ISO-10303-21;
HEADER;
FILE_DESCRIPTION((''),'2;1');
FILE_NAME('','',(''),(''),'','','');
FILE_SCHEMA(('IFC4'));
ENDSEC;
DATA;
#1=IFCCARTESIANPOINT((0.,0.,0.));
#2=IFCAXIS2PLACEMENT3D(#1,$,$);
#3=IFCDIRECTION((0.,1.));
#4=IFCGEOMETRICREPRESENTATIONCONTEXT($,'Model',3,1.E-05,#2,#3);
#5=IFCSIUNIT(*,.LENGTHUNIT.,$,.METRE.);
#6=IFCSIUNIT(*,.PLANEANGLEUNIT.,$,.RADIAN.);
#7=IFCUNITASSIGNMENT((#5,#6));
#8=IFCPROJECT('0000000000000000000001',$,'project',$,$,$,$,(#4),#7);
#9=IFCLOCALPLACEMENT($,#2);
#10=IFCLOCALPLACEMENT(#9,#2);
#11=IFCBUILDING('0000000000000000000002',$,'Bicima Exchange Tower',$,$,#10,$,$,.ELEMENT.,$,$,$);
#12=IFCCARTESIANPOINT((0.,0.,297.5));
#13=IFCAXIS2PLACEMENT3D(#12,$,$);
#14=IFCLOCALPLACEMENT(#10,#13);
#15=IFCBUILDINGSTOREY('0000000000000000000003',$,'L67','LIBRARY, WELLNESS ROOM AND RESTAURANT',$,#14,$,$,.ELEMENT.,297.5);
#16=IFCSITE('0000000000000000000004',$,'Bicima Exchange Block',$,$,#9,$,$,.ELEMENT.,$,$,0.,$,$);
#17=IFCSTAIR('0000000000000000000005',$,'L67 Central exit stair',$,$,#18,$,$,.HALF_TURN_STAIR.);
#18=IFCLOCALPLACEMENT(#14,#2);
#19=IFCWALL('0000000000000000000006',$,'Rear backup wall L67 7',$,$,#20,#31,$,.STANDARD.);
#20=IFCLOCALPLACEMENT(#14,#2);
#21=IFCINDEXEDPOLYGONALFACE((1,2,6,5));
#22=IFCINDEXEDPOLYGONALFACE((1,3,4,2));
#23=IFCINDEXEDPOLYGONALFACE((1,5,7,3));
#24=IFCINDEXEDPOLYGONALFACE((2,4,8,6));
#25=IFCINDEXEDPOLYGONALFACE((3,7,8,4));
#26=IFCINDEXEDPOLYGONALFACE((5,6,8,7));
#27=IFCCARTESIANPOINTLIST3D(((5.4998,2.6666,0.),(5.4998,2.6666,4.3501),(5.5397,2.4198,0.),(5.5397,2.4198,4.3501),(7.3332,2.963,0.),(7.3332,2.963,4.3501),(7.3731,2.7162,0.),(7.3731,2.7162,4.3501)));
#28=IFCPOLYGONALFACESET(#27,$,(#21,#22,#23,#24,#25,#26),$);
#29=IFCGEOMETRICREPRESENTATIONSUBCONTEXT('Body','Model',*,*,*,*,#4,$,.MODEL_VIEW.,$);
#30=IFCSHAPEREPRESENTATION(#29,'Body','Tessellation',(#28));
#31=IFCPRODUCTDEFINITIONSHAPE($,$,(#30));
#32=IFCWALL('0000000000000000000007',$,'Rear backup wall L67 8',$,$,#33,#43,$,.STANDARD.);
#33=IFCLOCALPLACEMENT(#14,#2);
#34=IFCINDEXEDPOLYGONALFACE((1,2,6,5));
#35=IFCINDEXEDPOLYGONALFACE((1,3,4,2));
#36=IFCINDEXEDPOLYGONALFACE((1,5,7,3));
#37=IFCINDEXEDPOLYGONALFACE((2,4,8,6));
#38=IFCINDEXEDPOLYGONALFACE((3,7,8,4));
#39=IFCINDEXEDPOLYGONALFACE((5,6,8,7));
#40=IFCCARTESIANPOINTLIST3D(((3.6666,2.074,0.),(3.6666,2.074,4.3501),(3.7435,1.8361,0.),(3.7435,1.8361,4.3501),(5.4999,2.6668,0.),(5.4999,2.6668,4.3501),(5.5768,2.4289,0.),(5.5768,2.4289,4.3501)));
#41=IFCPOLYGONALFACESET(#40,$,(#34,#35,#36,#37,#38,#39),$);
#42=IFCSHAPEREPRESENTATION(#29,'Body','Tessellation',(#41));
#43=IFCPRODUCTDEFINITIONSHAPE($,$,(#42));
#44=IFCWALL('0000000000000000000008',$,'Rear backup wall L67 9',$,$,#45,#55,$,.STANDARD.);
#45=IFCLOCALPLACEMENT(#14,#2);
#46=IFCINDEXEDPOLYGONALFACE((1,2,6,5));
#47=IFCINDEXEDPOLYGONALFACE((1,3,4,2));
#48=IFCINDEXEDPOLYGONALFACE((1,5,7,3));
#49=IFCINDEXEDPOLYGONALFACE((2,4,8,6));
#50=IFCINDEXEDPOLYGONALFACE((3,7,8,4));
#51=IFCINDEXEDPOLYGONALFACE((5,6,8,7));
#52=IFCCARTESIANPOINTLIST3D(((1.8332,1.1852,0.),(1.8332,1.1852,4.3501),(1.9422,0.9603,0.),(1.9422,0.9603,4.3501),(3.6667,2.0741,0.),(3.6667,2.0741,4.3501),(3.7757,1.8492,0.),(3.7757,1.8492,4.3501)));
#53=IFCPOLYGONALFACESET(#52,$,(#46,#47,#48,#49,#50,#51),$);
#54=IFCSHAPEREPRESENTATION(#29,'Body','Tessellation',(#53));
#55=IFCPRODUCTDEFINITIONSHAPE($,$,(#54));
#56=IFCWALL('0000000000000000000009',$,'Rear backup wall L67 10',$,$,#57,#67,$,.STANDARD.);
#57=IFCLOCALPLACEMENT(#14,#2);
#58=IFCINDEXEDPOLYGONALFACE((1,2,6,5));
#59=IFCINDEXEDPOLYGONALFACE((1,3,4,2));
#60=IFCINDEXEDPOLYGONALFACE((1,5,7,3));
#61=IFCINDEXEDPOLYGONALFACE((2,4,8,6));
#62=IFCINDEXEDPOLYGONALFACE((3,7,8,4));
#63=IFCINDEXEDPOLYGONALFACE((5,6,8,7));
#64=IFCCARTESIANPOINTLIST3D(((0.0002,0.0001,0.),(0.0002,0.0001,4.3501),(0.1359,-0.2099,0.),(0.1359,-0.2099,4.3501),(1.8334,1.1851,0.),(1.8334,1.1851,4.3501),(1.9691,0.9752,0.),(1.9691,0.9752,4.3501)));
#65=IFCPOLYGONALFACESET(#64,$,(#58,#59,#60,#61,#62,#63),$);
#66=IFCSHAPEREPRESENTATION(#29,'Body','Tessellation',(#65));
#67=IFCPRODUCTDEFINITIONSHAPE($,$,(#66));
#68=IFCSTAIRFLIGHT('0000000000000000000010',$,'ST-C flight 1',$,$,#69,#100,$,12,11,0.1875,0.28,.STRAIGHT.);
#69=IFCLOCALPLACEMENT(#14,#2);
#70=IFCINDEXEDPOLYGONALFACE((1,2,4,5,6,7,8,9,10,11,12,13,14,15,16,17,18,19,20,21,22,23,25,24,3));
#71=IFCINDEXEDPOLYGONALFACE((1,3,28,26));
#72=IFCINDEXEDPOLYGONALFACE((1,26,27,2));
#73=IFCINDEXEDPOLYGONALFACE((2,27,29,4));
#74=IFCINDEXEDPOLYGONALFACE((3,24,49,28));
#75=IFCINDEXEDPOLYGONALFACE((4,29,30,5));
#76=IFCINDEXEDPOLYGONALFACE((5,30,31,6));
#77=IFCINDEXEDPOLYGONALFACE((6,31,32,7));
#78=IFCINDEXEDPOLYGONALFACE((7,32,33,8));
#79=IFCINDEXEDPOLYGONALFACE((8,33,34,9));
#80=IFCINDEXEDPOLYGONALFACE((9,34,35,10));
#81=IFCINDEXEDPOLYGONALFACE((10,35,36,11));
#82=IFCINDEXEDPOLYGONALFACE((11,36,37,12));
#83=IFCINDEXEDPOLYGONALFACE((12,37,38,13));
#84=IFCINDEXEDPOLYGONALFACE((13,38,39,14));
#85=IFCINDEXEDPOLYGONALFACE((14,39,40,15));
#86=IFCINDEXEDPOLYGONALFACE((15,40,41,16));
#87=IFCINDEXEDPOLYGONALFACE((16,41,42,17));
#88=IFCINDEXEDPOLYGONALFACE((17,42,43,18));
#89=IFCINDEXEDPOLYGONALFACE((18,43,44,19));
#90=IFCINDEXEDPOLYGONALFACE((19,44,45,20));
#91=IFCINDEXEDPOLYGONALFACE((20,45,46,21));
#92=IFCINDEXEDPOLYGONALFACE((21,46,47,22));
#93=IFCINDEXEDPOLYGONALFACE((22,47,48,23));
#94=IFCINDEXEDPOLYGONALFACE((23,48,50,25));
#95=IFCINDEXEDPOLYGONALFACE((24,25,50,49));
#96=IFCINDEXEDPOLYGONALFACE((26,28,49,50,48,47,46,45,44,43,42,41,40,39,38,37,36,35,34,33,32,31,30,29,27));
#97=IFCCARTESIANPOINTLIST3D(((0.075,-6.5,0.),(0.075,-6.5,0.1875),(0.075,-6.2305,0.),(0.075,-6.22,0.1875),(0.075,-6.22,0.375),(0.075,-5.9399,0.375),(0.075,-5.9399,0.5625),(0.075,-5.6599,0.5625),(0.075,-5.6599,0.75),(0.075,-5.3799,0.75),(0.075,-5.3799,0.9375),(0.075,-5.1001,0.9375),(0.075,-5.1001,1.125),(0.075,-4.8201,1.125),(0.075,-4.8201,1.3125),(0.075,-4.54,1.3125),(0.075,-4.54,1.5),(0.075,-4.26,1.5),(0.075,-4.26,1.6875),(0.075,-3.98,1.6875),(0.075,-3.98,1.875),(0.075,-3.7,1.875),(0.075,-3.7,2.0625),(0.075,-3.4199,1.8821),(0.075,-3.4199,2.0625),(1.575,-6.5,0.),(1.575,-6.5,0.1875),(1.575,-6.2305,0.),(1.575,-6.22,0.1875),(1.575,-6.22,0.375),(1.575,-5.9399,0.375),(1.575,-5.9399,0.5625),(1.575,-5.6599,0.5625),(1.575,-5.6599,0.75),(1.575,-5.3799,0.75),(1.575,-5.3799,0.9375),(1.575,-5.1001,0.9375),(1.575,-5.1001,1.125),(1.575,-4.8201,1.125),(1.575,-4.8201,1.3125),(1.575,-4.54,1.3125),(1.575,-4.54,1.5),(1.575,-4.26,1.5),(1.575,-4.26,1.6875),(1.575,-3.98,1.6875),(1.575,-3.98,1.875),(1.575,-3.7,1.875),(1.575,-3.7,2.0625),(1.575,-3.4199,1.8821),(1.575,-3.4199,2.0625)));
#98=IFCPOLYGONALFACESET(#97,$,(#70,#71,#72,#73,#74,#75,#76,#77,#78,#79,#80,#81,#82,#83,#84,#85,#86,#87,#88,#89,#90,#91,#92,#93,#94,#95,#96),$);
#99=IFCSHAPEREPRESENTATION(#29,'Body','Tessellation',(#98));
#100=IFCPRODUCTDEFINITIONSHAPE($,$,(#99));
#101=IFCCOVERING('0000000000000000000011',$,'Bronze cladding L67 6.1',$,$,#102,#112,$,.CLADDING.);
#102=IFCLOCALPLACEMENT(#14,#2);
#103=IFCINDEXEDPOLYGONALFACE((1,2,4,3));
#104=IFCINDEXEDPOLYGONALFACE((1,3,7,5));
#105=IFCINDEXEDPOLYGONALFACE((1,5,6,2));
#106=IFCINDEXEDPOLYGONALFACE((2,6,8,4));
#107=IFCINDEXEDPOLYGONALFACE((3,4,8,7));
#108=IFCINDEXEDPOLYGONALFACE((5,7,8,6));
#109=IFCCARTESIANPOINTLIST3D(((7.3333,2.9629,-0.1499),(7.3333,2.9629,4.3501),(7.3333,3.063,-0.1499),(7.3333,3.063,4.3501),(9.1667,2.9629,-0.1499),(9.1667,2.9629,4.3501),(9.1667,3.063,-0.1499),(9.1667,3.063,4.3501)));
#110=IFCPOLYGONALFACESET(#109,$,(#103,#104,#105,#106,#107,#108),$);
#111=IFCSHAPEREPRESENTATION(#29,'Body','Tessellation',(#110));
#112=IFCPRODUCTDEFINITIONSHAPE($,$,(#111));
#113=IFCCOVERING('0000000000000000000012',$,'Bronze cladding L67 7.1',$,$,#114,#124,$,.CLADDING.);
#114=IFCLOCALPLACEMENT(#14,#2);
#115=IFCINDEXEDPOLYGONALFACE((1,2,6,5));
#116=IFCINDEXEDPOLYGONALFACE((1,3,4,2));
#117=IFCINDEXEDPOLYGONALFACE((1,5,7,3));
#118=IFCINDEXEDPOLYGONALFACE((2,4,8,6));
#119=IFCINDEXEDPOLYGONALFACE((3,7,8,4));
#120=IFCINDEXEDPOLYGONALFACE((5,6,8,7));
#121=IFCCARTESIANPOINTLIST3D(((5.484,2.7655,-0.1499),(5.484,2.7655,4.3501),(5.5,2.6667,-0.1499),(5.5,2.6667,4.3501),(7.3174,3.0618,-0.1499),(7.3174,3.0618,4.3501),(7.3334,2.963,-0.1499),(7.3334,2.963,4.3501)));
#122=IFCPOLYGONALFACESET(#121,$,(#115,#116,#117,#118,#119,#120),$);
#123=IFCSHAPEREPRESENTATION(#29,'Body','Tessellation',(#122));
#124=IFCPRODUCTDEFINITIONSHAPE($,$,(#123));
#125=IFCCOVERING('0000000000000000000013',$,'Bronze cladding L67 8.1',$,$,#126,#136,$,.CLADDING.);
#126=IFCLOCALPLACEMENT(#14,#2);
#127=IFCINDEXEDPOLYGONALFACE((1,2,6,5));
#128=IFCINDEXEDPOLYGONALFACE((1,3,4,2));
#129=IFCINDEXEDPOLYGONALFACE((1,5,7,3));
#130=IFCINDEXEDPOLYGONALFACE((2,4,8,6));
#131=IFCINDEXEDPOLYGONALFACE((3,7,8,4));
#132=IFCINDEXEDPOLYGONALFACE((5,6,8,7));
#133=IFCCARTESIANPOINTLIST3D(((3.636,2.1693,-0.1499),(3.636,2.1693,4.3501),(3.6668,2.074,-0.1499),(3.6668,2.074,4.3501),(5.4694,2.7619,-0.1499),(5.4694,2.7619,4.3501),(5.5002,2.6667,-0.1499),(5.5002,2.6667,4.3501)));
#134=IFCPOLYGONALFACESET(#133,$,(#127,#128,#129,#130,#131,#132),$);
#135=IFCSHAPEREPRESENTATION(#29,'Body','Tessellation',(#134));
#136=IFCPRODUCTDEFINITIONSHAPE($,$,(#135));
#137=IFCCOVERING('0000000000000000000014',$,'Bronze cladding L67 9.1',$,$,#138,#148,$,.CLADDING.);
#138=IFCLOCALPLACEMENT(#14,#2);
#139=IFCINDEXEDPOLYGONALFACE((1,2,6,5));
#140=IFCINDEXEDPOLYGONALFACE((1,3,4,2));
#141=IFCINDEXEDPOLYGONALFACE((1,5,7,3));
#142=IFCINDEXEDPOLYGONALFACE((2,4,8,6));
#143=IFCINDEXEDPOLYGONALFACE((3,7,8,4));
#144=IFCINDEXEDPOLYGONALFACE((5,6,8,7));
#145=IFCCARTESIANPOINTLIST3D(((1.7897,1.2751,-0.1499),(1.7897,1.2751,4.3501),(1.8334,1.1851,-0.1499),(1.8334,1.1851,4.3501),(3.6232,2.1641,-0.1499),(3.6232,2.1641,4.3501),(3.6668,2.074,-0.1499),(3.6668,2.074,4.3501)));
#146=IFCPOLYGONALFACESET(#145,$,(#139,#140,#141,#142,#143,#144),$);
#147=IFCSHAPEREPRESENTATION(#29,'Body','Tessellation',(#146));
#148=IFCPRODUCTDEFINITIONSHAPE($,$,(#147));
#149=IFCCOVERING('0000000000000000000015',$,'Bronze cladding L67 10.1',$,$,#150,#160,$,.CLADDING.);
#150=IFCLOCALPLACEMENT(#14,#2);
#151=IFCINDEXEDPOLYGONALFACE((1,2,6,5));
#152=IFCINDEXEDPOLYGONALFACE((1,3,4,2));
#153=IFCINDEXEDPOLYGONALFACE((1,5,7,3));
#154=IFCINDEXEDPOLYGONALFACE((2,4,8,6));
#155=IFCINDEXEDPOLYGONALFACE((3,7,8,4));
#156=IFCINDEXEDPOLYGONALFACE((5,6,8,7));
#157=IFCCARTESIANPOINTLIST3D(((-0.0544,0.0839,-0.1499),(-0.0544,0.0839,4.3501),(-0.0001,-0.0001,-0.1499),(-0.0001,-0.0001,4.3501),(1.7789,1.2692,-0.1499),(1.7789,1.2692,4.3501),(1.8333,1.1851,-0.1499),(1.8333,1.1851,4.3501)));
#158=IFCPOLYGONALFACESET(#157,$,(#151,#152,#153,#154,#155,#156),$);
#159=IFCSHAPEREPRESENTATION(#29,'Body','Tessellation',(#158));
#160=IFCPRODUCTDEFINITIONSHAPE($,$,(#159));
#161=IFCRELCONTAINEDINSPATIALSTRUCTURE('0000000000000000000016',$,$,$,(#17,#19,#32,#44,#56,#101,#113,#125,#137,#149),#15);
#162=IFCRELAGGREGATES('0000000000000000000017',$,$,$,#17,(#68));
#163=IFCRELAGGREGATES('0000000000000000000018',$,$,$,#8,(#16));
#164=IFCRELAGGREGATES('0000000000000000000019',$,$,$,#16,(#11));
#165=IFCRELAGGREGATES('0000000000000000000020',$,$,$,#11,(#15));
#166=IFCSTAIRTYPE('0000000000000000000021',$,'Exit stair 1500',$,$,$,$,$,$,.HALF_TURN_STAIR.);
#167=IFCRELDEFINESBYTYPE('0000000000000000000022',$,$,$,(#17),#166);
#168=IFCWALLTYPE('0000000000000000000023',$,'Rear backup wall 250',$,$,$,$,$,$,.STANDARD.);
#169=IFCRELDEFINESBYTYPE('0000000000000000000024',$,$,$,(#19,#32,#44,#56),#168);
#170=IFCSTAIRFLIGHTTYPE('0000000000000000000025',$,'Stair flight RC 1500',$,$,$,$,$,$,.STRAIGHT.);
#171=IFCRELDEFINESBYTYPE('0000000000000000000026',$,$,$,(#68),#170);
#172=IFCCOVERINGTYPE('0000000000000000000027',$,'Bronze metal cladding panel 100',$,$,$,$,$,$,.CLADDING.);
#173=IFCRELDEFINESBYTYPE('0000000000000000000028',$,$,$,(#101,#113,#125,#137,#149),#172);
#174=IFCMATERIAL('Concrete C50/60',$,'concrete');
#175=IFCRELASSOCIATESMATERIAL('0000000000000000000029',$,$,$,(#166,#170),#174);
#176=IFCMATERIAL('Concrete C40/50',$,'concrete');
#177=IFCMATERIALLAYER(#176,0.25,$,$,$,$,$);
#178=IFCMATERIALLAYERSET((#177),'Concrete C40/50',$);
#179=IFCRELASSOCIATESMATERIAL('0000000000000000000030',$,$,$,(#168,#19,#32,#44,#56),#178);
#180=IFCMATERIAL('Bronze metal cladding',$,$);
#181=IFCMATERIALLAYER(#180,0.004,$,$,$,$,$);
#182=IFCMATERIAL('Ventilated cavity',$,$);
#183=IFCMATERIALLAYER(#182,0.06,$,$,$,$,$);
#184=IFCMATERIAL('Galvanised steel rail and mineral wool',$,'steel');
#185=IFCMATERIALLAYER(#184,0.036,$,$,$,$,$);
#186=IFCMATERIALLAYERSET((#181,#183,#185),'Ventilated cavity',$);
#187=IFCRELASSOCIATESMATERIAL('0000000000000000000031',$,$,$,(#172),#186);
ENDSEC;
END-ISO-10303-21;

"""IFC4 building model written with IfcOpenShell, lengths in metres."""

from ifc_helpers import new_model, si_unit, direction, frame, frame_2d, origin, origin_2d, place, context, subcontext, project, spatial, polyline, rectangle, outline, extrude, material, layer, layer_set, layer_usage, type_object, element, aggregate, save


model = new_model("IFC4")

# Units and contexts
model_context = context("Model", 3, precision=1e-05, world=origin(), true_north=direction((0.0, 1.0)))
body_context = subcontext(model_context, "Body", "Model", "MODEL_VIEW")
ifc_project = project(units=[si_unit("LENGTHUNIT", "METRE"), si_unit("PLANEANGLEUNIT", "RADIAN")], contexts=[model_context])

# Site, building, storey
site_placement = place(None, origin())
site = spatial("IfcSite", under=ifc_project, at=site_placement, Name="Bicima Exchange Block", CompositionType="ELEMENT", RefElevation=0.0)
building_placement = place(site_placement, origin())
building = spatial("IfcBuilding", under=site, at=building_placement, Name="Bicima Exchange Tower", CompositionType="ELEMENT")
storey_placement = place(building_placement, frame((0.0, 0.0, 297.5)))
storey = spatial("IfcBuildingStorey", under=building, at=storey_placement, Name="L67", Description="LIBRARY, WELLNESS ROOM AND RESTAURANT", CompositionType="ELEMENT", Elevation=297.5)

# Shared definitions
ifc_material_1 = material(Name="Concrete C40/50", Category="concrete")

# Stair
ifc_material_2 = material(Name="Concrete C50/60", Category="concrete")
stair_type_1 = type_object("IfcStairType", Name="Exit stair 1500", PredefinedType="HALF_TURN_STAIR", material=ifc_material_2)
stair_1_placement = place(storey_placement, origin())
stair_1 = element("IfcStair", 1, at=stair_1_placement, inside=storey, type_object=stair_type_1, Name="L67 Central exit stair", PredefinedType="HALF_TURN_STAIR")

# Walls
ifc_layer_1 = layer(ifc_material_1, 0.25)
ifc_layer_set_1 = layer_set([ifc_layer_1], Name="Concrete C40/50")
ifc_layer_usage = layer_usage(ifc_layer_set_1, "AXIS2", "POSITIVE", -0.125)
wall_type_1 = type_object("IfcWallType", Name="Rear backup wall 250", PredefinedType="STANDARD", material=ifc_layer_set_1)
wall_1_placement = place(storey_placement, frame((7.3533, 2.8396, 0.0), z_axis=(0.0, 0.0, 1.0), x_axis=(-0.987182, -0.1596, 0.0)))
element("IfcWall", 2, at=wall_1_placement, inside=storey, type_object=wall_type_1, material=ifc_layer_usage, Name="Rear backup wall L67 7", PredefinedType="STANDARD", context=body_context, shape_type="SweptSolid", body=[
    extrude(rectangle(XDim=1.8572, YDim=0.25, at=frame_2d((0.9287, 0.0))), origin(), (0.0, 0.0, 1.0), 4.3501),
])
wall_2_placement = place(storey_placement, frame((5.5383, 2.5479, 0.0), z_axis=(0.0, 0.0, 1.0), x_axis=(-0.951496, -0.307662, 0.0)))
element("IfcWall", 3, at=wall_2_placement, inside=storey, type_object=wall_type_1, material=ifc_layer_usage, Name="Rear backup wall L67 8", PredefinedType="STANDARD", context=body_context, shape_type="SweptSolid", body=[
    extrude(rectangle(XDim=1.9268, YDim=0.25, at=frame_2d((0.9634, 0.0))), origin(), (0.0, 0.0, 1.0), 4.3501),
])
wall_3_placement = place(storey_placement, frame((3.7212, 1.9617, 0.0), z_axis=(0.0, 0.0, 1.0), x_axis=(-0.899824, -0.436253, 0.0)))
element("IfcWall", 4, at=wall_3_placement, inside=storey, type_object=wall_type_1, material=ifc_layer_usage, Name="Rear backup wall L67 9", PredefinedType="STANDARD", context=body_context, shape_type="SweptSolid", body=[
    extrude(rectangle(XDim=2.0376, YDim=0.25, at=frame_2d((1.0188, 0.0))), origin(), (0.0, 0.0, 1.0), 4.3501),
])
wall_4_placement = place(storey_placement, frame((1.9011, 1.0801, 0.0), z_axis=(0.0, 0.0, 1.0), x_axis=(-0.839813, -0.542876, 0.0)))
element("IfcWall", 5, at=wall_4_placement, inside=storey, type_object=wall_type_1, material=ifc_layer_usage, Name="Rear backup wall L67 10", PredefinedType="STANDARD", context=body_context, shape_type="SweptSolid", body=[
    extrude(rectangle(XDim=2.1829, YDim=0.25, at=frame_2d((1.0913, 0.0))), origin(), (0.0, 0.0, 1.0), 4.3501),
])

# Stair flight
stair_flight_type = type_object("IfcStairFlightType", Name="Stair flight RC 1500", PredefinedType="STRAIGHT", material=ifc_material_2)
stair_flight_placement = place(storey_placement, frame((0.825, -6.5, 0.0), z_axis=(0.0, 0.0, 1.0), x_axis=(0.0, 1.0, 0.0)))
stair_flight = element("IfcStairFlight", 6, at=stair_flight_placement, type_object=stair_flight_type, Name="ST-C flight 1", NumberOfRisers=12, NumberOfTreads=11, PredefinedType="STRAIGHT", RiserHeight=0.1875, TreadLength=0.28, context=body_context, shape_type="SweptSolid", body=[
    extrude(outline(polyline([(0.0, 0.0), (0.0, 0.1875), (0.28, 0.1875), (0.28, 0.375), (0.5601, 0.375), (0.5601, 0.5625), (0.8401, 0.5625), (0.8401, 0.75), (1.1201, 0.75), (1.1201, 0.9375), (1.3999, 0.9375), (1.3999, 1.125), (1.6799, 1.125), (1.6799, 1.3125), (1.96, 1.3125), (1.96, 1.5), (2.24, 1.5), (2.24, 1.6875), (2.52, 1.6875), (2.52, 1.875), (2.8, 1.875), (2.8, 2.0625), (3.0801, 2.0625), (3.0801, 2.25), (3.0801, 1.8821), (0.2695, 0.0), (0.0, 0.0)])), frame((0.0, 0.75, 0.0), z_axis=(0.0, -1.0, 0.0), x_axis=(1.0, 0.0, 0.0)), (0.0, 0.0, 1.0), 1.5),
])
aggregate(stair_1, [stair_flight])

# Coverings
ifc_material_3 = material(Name="Bronze metal cladding")
ifc_layer_2 = layer(ifc_material_3, 0.004)
ifc_material_4 = material(Name="Ventilated cavity")
ifc_layer_3 = layer(ifc_material_4, 0.06)
ifc_material_5 = material(Name="Galvanised steel rail and mineral wool", Category="steel")
ifc_layer_4 = layer(ifc_material_5, 0.036)
ifc_layer_set_2 = layer_set([ifc_layer_2, ifc_layer_3, ifc_layer_4], Name="Ventilated cavity")
covering_type = type_object("IfcCoveringType", Name="Bronze metal cladding panel 100", PredefinedType="CLADDING", material=ifc_layer_set_2)
covering_1_placement = place(storey_placement, frame((8.25, 3.0129, -0.1499), z_axis=(0.0, 0.0, 1.0), x_axis=(-1.0, 0.0, 0.0)))
element("IfcCovering", 7, at=covering_1_placement, inside=storey, type_object=covering_type, Name="Bronze cladding L67 6.1", PredefinedType="CLADDING", context=body_context, shape_type="SweptSolid", body=[
    extrude(rectangle(XDim=1.8335, YDim=0.1001, at=origin_2d()), origin(), (0.0, 0.0, 1.0), 4.5),
])
covering_2_placement = place(storey_placement, frame((6.4087, 2.8643, -0.1499), z_axis=(0.0, 0.0, 1.0), x_axis=(-0.98719, -0.15955, 0.0)))
element("IfcCovering", 8, at=covering_2_placement, inside=storey, type_object=covering_type, Name="Bronze cladding L67 7.1", PredefinedType="CLADDING", context=body_context, shape_type="SweptSolid", body=[
    extrude(rectangle(XDim=1.8572, YDim=0.1001, at=origin_2d()), origin(), (0.0, 0.0, 1.0), 4.5),
])
covering_3_placement = place(storey_placement, frame((4.5681, 2.418, -0.1499), z_axis=(0.0, 0.0, 1.0), x_axis=(-0.951525, -0.307573, 0.0)))
element("IfcCovering", 9, at=covering_3_placement, inside=storey, type_object=covering_type, Name="Bronze cladding L67 8.1", PredefinedType="CLADDING", context=body_context, shape_type="SweptSolid", body=[
    extrude(rectangle(XDim=1.9268, YDim=0.1001, at=origin_2d()), origin(), (0.0, 0.0, 1.0), 4.5),
])
covering_4_placement = place(storey_placement, frame((2.7283, 1.6746, -0.1499), z_axis=(0.0, 0.0, 1.0), x_axis=(-0.899818, -0.436265, 0.0)))
element("IfcCovering", 10, at=covering_4_placement, inside=storey, type_object=covering_type, Name="Bronze cladding L67 9.1", PredefinedType="CLADDING", context=body_context, shape_type="SweptSolid", body=[
    extrude(rectangle(XDim=2.0376, YDim=0.1001, at=origin_2d()), origin(), (0.0, 0.0, 1.0), 4.5),
])
covering_5_placement = place(storey_placement, frame((0.8894, 0.6345, -0.1499), z_axis=(0.0, 0.0, 1.0), x_axis=(-0.83979, -0.542911, 0.0)))
element("IfcCovering", 11, at=covering_5_placement, inside=storey, type_object=covering_type, Name="Bronze cladding L67 10.1", PredefinedType="CLADDING", context=body_context, shape_type="SweptSolid", body=[
    extrude(rectangle(XDim=2.1831, YDim=0.1001, at=origin_2d()), origin(), (0.0, 0.0, 1.0), 4.5),
])

save(model, "model.ifc")
